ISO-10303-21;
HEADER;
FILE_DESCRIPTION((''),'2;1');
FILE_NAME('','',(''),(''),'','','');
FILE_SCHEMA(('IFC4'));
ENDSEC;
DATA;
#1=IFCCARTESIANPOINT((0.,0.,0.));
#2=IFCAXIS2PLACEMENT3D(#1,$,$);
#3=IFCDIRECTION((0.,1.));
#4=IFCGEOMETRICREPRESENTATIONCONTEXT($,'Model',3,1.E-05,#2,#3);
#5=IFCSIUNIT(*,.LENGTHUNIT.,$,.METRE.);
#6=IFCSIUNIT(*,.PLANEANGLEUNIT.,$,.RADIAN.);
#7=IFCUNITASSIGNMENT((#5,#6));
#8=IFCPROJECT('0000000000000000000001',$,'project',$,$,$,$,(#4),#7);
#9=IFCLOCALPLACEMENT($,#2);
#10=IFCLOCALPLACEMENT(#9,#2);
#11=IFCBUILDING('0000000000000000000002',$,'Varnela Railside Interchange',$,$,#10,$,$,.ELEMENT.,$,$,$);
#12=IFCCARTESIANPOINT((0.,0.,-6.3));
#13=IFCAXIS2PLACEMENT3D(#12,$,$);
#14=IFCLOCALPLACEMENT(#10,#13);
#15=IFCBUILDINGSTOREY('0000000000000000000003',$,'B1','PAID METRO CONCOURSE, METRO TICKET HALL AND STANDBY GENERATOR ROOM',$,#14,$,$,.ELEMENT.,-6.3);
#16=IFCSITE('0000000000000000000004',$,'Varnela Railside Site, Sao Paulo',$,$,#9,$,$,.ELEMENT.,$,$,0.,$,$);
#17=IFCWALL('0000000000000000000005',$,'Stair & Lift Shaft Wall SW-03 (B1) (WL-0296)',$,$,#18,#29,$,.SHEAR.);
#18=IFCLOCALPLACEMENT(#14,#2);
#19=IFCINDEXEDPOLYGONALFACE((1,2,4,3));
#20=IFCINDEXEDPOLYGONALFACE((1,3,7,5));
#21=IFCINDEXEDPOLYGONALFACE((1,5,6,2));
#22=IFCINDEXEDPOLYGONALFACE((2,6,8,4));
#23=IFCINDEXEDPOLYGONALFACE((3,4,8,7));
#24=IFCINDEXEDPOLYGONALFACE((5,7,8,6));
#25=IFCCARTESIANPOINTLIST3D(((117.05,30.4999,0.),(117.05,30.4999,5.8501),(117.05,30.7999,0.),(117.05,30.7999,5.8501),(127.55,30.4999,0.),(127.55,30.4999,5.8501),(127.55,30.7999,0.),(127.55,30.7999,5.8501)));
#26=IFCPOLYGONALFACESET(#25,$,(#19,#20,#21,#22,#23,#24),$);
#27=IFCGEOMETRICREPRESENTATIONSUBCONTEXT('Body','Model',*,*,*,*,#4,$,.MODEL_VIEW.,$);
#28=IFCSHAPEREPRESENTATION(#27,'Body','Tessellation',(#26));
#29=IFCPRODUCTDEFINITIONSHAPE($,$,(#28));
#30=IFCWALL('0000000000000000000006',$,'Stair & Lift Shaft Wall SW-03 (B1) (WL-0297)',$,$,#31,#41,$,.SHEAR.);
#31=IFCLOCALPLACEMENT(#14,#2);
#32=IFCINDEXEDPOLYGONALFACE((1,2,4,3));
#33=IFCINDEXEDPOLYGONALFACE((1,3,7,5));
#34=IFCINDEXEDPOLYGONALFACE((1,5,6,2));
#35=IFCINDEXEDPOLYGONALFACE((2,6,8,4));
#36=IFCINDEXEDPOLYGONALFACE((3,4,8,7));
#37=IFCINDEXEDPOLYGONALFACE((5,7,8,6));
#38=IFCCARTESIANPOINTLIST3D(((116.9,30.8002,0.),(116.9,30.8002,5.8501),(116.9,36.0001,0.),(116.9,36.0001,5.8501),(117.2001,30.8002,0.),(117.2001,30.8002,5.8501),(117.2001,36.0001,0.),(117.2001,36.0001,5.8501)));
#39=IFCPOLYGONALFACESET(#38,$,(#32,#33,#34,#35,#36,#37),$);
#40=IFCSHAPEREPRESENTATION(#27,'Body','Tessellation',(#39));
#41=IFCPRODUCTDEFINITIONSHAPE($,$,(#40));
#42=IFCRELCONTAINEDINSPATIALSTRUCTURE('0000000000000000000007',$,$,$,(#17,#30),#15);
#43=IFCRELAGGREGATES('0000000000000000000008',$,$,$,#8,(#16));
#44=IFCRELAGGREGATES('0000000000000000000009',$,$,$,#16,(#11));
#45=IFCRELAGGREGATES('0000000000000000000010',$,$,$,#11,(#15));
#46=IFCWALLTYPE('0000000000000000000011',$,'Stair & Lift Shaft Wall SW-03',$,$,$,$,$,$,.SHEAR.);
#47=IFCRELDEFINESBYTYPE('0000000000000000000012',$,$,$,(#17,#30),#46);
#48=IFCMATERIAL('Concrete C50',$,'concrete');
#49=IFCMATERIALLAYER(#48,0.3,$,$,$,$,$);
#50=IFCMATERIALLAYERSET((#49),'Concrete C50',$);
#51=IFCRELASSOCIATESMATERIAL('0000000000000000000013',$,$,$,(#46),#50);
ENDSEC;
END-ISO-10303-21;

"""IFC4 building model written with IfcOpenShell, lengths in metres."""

from ifc_helpers import new_model, si_unit, direction, frame, frame_2d, origin, place, context, subcontext, project, spatial, rectangle, extrude, material, layer, layer_set, type_object, element, save


model = new_model("IFC4")

# Units and contexts
model_context = context("Model", 3, precision=1e-05, world=origin(), true_north=direction((0.0, 1.0)))
body_context = subcontext(model_context, "Body", "Model", "MODEL_VIEW")
ifc_project = project(units=[si_unit("LENGTHUNIT", "METRE"), si_unit("PLANEANGLEUNIT", "RADIAN")], contexts=[model_context])

# Site, building, storey
site_placement = place(None, origin())
site = spatial("IfcSite", under=ifc_project, at=site_placement, Name="Varnela Railside Site, Sao Paulo", CompositionType="ELEMENT", RefElevation=0.0)
building_placement = place(site_placement, origin())
building = spatial("IfcBuilding", under=site, at=building_placement, Name="Varnela Railside Interchange", CompositionType="ELEMENT")
storey_placement = place(building_placement, frame((0.0, 0.0, -6.3)))
storey = spatial("IfcBuildingStorey", under=building, at=storey_placement, Name="B1", Description="PAID METRO CONCOURSE, METRO TICKET HALL AND STANDBY GENERATOR ROOM", CompositionType="ELEMENT", Elevation=-6.3)

# Shared definitions
ifc_material_1 = material(Name="Concrete C50", Category="concrete")

# Shared definitions
ifc_layer = layer(ifc_material_1, 0.3)
ifc_layer_set = layer_set([ifc_layer], Name="Concrete C50")
wall_type = type_object("IfcWallType", Name="Stair & Lift Shaft Wall SW-03", PredefinedType="SHEAR", material=ifc_layer_set)

# Walls
wall_1_placement = place(storey_placement, frame((117.05, 30.6499, 0.0), z_axis=(0.0, 0.0, 1.0), x_axis=(1.0, 0.0, 0.0)))
element("IfcWall", 1, at=wall_1_placement, inside=storey, type_object=wall_type, Name="Stair & Lift Shaft Wall SW-03 (B1) (WL-0296)", PredefinedType="SHEAR", context=body_context, shape_type="SweptSolid", body=[
    extrude(rectangle(XDim=10.5, YDim=0.3, at=frame_2d((5.25, 0.0))), origin(), (0.0, 0.0, 1.0), 5.8501),
])
wall_2_placement = place(storey_placement, frame((117.05, 30.8, 0.0), z_axis=(0.0, 0.0, 1.0), x_axis=(0.0, 1.0, 0.0)))
element("IfcWall", 2, at=wall_2_placement, inside=storey, type_object=wall_type, Name="Stair & Lift Shaft Wall SW-03 (B1) (WL-0297)", PredefinedType="SHEAR", context=body_context, shape_type="SweptSolid", body=[
    extrude(rectangle(XDim=5.2, YDim=0.3, at=frame_2d((2.6001, 0.0))), origin(), (0.0, 0.0, 1.0), 5.8501),
])

save(model, "model.ifc")
